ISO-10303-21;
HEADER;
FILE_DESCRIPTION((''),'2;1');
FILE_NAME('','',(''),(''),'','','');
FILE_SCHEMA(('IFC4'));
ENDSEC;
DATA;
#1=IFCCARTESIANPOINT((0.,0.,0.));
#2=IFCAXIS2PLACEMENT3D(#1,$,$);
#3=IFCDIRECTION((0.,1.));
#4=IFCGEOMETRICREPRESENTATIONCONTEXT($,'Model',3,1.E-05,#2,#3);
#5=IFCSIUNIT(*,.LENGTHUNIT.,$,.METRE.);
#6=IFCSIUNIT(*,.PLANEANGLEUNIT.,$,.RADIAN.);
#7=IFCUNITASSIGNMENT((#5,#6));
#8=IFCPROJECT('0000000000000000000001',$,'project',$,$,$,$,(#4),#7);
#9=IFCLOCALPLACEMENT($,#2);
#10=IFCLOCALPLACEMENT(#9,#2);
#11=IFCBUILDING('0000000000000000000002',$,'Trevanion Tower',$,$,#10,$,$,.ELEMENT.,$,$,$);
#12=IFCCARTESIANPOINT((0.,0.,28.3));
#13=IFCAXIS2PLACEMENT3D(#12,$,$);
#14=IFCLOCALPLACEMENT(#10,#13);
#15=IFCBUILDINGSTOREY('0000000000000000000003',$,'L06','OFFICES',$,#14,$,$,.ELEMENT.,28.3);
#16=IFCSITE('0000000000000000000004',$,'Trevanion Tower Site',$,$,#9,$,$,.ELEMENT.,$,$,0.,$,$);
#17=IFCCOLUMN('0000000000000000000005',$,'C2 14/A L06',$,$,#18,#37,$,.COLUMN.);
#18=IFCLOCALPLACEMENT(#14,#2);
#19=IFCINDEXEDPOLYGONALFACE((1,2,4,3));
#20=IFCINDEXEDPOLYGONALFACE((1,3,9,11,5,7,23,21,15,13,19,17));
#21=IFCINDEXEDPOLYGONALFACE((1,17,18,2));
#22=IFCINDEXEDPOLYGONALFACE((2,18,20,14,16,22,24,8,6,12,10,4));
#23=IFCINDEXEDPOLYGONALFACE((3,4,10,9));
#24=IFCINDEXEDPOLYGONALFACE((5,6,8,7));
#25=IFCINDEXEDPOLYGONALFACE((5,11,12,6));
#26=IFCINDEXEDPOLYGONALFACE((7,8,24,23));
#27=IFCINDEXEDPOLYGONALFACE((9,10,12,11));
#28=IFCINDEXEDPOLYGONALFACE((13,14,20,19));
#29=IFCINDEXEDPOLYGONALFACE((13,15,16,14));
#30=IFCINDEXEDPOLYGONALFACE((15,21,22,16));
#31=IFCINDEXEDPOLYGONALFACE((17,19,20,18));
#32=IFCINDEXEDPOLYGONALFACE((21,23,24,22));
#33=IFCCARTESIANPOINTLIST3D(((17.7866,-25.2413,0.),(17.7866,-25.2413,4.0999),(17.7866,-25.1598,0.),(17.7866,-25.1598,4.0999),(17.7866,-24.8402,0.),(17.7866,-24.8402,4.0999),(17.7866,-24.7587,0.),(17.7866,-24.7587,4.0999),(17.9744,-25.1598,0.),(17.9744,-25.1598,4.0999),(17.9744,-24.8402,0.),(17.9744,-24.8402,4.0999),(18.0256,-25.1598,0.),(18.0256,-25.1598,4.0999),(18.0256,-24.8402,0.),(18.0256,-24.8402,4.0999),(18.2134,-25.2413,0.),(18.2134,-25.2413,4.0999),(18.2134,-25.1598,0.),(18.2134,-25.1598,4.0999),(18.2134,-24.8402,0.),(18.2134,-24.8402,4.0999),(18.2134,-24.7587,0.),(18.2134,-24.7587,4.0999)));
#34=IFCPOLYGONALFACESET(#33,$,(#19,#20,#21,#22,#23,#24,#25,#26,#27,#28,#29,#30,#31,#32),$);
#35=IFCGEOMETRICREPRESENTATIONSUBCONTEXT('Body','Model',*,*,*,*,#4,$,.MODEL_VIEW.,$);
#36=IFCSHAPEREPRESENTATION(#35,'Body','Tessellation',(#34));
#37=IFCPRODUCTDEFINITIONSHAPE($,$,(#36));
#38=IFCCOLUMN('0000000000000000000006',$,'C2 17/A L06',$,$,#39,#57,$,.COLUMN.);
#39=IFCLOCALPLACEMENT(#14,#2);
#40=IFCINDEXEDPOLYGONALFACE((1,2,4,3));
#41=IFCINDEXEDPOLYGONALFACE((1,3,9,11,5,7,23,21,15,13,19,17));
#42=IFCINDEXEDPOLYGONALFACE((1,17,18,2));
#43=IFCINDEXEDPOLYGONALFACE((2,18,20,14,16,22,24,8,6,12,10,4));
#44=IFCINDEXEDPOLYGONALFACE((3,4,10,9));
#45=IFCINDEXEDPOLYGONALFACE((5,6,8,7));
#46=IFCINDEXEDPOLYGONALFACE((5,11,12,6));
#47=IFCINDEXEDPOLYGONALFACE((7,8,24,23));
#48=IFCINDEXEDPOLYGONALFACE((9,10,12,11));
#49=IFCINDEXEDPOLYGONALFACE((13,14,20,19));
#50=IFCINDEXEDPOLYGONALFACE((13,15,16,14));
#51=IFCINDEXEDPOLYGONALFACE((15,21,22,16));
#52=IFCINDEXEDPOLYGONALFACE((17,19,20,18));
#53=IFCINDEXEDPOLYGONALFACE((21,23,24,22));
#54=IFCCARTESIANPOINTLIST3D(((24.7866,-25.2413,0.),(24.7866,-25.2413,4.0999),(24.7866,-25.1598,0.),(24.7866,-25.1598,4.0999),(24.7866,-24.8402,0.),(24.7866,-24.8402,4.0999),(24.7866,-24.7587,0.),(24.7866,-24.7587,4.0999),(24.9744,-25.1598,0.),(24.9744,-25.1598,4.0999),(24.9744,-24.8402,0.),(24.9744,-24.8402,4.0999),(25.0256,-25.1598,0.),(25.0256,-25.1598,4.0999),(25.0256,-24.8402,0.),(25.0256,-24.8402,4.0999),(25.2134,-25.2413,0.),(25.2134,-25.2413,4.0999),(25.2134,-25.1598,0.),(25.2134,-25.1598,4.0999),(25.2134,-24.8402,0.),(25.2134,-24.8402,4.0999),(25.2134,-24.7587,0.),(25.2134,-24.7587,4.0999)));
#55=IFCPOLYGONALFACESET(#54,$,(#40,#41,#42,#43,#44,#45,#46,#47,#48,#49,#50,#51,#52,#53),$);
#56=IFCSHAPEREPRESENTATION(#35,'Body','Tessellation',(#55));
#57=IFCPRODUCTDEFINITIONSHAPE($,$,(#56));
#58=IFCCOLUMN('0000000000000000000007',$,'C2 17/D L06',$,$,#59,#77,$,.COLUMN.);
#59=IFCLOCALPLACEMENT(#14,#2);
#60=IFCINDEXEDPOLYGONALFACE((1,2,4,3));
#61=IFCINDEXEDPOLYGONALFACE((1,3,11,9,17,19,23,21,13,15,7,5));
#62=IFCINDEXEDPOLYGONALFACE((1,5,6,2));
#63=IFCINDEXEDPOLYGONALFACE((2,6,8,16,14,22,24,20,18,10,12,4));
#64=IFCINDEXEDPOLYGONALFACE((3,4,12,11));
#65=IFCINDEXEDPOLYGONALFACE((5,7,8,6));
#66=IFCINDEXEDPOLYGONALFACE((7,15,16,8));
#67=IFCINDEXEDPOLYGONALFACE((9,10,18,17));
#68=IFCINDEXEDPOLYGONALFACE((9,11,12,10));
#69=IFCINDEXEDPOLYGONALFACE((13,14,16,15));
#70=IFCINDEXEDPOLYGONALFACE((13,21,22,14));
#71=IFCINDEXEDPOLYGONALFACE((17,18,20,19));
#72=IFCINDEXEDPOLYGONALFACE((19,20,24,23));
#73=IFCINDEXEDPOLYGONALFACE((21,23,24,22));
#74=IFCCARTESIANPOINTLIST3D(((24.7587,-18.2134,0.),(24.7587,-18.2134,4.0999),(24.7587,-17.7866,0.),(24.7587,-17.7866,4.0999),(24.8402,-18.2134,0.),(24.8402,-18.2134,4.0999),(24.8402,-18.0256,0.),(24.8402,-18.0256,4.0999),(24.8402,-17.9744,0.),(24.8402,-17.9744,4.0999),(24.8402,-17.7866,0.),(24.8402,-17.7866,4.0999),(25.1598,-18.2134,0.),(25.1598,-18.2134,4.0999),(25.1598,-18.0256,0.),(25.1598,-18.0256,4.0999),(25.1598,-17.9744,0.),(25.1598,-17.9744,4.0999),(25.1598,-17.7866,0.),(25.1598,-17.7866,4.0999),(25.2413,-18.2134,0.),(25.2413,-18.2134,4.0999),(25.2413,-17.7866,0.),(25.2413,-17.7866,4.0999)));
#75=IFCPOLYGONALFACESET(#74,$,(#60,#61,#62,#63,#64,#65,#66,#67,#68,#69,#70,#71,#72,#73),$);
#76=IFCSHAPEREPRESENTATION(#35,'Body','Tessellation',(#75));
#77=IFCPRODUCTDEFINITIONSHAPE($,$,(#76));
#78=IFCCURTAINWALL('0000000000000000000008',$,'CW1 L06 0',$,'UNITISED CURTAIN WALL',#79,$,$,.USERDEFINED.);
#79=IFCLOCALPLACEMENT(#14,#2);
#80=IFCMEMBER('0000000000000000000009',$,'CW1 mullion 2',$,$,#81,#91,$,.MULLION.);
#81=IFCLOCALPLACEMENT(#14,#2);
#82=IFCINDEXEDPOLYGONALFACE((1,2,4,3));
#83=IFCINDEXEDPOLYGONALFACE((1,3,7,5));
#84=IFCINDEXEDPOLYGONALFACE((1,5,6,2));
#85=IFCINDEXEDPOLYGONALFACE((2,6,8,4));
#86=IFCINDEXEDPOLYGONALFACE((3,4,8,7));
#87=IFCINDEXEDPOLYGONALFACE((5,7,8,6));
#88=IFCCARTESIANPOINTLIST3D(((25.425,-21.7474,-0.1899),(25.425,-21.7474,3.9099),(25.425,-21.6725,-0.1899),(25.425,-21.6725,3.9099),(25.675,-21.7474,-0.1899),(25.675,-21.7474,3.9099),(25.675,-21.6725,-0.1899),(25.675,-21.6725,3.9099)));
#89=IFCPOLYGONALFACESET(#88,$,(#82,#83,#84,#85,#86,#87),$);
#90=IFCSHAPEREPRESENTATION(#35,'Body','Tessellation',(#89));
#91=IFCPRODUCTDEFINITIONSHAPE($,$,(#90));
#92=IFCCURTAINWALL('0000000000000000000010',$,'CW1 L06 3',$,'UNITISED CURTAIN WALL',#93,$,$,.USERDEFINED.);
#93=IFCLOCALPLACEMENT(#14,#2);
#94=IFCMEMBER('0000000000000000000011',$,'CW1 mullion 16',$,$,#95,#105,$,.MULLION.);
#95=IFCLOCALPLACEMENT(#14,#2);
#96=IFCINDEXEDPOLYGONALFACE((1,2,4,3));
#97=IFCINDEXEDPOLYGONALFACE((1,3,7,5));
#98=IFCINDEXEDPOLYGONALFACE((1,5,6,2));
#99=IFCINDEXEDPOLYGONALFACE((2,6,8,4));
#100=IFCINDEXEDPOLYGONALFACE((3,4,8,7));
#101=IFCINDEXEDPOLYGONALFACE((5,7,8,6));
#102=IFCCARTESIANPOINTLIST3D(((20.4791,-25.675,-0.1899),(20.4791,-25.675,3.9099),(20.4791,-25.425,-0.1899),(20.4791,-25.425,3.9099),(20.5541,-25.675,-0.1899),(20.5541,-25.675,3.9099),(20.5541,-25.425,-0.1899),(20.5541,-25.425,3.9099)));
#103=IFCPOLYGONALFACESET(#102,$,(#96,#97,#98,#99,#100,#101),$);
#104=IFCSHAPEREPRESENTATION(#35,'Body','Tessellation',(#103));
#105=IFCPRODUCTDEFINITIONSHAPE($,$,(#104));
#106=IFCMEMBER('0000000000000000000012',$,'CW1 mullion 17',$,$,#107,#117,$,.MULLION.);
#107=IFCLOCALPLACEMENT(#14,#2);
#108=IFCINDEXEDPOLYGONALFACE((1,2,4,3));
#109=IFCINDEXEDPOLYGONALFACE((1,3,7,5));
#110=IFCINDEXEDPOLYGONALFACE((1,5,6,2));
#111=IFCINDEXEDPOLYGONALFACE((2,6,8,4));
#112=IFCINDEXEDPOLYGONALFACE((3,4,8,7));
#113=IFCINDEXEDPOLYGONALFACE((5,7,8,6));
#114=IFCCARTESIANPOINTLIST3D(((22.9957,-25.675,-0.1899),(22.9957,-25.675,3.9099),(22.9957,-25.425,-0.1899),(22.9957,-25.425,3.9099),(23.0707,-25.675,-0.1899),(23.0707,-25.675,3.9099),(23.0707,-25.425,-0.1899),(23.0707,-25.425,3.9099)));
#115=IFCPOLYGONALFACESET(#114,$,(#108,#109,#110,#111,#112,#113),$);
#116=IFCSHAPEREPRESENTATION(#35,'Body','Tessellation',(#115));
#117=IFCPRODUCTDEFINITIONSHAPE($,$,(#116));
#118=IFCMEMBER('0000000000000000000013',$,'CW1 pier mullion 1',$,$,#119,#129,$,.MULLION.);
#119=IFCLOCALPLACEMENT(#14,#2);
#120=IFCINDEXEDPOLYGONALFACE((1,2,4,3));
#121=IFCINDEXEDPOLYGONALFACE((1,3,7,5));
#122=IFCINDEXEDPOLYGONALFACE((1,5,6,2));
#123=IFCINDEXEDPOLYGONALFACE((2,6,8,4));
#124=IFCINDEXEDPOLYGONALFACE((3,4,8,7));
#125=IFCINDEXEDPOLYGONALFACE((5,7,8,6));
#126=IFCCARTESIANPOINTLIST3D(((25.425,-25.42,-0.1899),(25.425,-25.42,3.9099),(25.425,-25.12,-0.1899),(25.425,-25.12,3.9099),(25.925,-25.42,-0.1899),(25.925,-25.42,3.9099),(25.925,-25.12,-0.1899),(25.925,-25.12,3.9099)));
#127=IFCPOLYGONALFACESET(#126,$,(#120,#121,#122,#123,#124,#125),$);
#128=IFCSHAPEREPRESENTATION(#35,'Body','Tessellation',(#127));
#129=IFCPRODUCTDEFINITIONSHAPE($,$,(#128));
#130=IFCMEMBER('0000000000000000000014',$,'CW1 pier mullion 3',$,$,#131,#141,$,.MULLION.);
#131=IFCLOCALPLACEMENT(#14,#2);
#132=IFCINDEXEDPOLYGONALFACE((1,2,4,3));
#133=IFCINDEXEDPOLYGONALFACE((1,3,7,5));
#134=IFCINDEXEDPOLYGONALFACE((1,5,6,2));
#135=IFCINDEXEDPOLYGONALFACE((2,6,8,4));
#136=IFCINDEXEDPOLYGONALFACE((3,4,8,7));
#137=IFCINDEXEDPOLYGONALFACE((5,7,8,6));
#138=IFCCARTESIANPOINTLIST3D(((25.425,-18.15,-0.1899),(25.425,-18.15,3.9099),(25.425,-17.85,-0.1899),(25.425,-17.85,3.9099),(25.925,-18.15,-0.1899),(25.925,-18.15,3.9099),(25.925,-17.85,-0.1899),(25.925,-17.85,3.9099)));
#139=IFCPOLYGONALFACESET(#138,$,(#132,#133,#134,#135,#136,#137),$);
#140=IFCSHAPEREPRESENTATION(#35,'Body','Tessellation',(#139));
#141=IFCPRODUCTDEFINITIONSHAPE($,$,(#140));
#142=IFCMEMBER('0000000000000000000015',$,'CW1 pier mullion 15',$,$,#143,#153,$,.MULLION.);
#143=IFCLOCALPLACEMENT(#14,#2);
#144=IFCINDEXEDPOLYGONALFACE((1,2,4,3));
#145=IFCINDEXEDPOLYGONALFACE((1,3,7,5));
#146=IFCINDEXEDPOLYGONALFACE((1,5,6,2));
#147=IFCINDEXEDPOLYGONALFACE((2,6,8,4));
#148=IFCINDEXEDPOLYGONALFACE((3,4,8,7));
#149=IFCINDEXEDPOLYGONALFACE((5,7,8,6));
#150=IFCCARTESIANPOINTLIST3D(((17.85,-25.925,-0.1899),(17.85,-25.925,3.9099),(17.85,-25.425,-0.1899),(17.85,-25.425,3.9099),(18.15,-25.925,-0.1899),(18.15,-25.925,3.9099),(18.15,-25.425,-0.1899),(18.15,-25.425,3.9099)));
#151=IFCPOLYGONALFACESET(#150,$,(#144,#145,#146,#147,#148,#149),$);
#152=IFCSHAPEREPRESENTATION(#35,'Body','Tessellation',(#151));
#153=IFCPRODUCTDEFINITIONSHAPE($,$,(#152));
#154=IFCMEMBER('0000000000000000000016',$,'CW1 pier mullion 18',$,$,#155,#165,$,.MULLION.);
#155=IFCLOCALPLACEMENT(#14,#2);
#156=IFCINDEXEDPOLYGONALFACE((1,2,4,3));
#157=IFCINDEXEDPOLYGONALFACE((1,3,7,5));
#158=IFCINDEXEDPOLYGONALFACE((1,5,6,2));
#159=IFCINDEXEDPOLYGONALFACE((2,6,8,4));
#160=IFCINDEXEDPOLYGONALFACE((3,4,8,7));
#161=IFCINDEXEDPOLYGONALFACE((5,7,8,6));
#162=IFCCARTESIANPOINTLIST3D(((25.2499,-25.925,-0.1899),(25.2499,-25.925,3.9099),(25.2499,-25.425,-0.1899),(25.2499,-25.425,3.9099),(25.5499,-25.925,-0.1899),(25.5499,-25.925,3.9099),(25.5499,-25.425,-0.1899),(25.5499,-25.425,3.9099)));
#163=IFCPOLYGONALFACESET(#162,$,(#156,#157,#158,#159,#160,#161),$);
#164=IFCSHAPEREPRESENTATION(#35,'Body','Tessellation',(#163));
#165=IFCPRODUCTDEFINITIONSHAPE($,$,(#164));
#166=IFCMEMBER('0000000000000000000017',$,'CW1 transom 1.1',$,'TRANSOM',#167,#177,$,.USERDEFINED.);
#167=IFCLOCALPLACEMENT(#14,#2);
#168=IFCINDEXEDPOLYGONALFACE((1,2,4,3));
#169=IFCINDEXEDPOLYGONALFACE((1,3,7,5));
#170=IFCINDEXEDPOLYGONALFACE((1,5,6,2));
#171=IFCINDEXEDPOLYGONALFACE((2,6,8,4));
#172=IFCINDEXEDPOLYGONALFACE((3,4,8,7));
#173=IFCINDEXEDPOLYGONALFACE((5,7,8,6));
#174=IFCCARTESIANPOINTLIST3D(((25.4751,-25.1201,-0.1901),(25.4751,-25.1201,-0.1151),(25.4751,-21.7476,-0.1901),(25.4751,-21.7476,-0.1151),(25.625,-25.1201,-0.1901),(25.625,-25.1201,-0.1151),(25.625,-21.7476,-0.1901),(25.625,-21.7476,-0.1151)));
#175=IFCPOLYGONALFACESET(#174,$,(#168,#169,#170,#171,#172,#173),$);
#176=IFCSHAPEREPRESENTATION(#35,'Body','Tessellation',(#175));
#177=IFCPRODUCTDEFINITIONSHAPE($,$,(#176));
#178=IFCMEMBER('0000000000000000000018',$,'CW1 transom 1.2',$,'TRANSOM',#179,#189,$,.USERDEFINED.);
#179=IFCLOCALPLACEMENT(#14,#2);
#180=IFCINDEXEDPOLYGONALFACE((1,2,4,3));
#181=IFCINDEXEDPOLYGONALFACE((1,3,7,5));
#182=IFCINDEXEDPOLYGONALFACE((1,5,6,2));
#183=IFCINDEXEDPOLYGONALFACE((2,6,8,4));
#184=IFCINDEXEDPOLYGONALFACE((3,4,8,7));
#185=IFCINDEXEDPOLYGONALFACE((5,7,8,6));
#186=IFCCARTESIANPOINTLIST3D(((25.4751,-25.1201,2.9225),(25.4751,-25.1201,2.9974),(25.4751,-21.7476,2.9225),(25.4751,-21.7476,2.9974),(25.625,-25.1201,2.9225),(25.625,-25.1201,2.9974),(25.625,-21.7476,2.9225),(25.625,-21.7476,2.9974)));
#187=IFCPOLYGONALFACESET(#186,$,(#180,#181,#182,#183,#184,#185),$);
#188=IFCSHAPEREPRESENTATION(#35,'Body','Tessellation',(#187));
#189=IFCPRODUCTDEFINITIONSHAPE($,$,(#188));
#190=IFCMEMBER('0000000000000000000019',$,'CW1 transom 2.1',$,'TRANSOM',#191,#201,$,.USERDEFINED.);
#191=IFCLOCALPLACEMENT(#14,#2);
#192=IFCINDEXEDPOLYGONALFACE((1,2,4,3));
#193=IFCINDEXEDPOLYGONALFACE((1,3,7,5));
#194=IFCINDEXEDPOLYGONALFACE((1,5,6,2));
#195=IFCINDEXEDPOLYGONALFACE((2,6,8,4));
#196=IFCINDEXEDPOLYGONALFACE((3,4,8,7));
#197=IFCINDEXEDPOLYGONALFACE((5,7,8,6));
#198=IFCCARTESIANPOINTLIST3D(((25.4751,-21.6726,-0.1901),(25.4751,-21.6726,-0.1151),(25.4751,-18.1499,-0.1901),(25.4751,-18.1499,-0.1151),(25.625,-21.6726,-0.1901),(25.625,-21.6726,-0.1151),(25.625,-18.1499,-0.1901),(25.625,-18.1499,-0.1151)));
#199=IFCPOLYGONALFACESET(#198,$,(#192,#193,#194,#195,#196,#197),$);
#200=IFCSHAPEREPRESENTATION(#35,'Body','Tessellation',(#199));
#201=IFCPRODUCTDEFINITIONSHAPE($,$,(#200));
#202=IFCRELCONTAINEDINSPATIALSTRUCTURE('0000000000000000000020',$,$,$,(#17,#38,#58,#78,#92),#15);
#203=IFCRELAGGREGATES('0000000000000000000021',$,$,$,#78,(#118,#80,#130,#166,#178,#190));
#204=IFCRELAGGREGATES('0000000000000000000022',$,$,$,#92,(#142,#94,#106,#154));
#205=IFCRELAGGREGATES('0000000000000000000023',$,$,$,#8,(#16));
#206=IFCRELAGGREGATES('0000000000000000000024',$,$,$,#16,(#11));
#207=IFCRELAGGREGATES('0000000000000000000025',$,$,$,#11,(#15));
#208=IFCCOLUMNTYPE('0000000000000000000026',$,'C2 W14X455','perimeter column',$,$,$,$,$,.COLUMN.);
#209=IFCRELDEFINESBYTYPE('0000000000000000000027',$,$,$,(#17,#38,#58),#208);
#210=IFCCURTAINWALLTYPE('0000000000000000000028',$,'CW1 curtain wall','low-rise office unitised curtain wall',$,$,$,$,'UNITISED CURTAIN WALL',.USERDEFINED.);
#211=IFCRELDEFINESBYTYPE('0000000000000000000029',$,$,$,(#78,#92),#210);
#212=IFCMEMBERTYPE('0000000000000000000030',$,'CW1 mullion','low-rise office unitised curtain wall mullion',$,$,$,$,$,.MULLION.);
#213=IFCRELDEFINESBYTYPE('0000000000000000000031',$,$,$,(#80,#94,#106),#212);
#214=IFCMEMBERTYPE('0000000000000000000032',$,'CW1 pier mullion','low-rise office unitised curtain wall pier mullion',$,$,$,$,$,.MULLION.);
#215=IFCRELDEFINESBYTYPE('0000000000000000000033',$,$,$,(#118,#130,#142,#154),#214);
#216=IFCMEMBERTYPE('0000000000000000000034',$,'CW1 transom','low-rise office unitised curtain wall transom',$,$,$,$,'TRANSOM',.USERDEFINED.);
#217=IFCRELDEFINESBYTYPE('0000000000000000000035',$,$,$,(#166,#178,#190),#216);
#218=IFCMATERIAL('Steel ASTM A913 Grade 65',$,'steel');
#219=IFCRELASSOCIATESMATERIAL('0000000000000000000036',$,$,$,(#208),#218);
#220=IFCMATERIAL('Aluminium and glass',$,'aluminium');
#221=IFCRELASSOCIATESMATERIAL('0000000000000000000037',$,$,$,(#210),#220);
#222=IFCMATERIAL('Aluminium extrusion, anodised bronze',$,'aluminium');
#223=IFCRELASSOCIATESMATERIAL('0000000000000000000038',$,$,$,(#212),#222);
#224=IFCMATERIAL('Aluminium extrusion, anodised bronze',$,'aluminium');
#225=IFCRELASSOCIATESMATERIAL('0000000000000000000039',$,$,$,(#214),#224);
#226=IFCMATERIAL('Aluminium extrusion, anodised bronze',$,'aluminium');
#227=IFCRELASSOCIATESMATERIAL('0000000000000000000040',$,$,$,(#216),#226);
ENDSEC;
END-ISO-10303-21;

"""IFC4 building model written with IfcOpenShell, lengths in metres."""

from ifc_helpers import new_model, si_unit, direction, frame, origin, origin_2d, place, context, subcontext, project, spatial, rectangle, i_section, extrude, material, material_profile, profile_set, type_object, element, aggregate, save


model = new_model("IFC4")

# Units and contexts
model_context = context("Model", 3, precision=1e-05, world=origin(), true_north=direction((0.0, 1.0)))
body_context = subcontext(model_context, "Body", "Model", "MODEL_VIEW")
ifc_project = project(units=[si_unit("LENGTHUNIT", "METRE"), si_unit("PLANEANGLEUNIT", "RADIAN")], contexts=[model_context])

# Site, building, storey
site_placement = place(None, origin())
site = spatial("IfcSite", under=ifc_project, at=site_placement, Name="Trevanion Tower Site", CompositionType="ELEMENT", RefElevation=0.0)
building_placement = place(site_placement, origin())
building = spatial("IfcBuilding", under=site, at=building_placement, Name="Trevanion Tower", CompositionType="ELEMENT")
storey_placement = place(building_placement, frame((0.0, 0.0, 28.3)))
storey = spatial("IfcBuildingStorey", under=building, at=storey_placement, Name="L06", Description="OFFICES", CompositionType="ELEMENT", Elevation=28.3)

# Columns
ifc_material_1 = material(Name="Steel ASTM A913 Grade 65", Category="steel")
ifc_material_profile_1 = material_profile(ifc_material_1, i_section(OverallWidth=0.4268, OverallDepth=0.4827, WebThickness=0.0513, FlangeThickness=0.0815, at=origin_2d()), Name="W14X455")
ifc_profile_set_1 = profile_set([ifc_material_profile_1], Name="Steel ASTM A913 Grade 65")
column_type = type_object("IfcColumnType", Name="C2 W14X455", Description="perimeter column", PredefinedType="COLUMN", material=ifc_profile_set_1)
for number, where, z_axis, x_axis, name in (
    (1, (18.0, -25.0, 0.0), (0.0, 0.0, 1.0), (1.0, 0.0, 0.0), "C2 14/A L06"),
    (2, (25.0, -25.0, 0.0), (0.0, 0.0, 1.0), (1.0, 0.0, 0.0), "C2 17/A L06"),
    (3, (25.0, -18.0, 0.0), (0.0, 0.0, 1.0), (0.0, 1.0, 0.0), "C2 17/D L06"),
):
    element("IfcColumn", number, at=place(storey_placement, frame(where, z_axis=z_axis, x_axis=x_axis)), inside=storey, type_object=column_type, Name=name, PredefinedType="COLUMN", context=body_context, shape_type="SweptSolid", body=[
        extrude(i_section(OverallWidth=0.4268, OverallDepth=0.4827, WebThickness=0.0513, FlangeThickness=0.0815, at=origin_2d()), origin(), (0.0, 0.0, 1.0), 4.0999),
    ])

# Curtain wall, member
ifc_material_2 = material(Name="Aluminium and glass", Category="aluminium")
curtain_wall_type = type_object("IfcCurtainWallType", Name="CW1 curtain wall", Description="low-rise office unitised curtain wall", ElementType="UNITISED CURTAIN WALL", PredefinedType="USERDEFINED", material=ifc_material_2)
curtain_wall_1_placement = place(storey_placement, origin())
curtain_wall_1 = element("IfcCurtainWall", 4, at=curtain_wall_1_placement, inside=storey, type_object=curtain_wall_type, Name="CW1 L06 0", ObjectType="UNITISED CURTAIN WALL", PredefinedType="USERDEFINED")
ifc_material_3 = material(Name="Aluminium extrusion, anodised bronze", Category="aluminium")
ifc_material_profile_2 = material_profile(ifc_material_3, rectangle(XDim=0.075, YDim=0.25, at=origin_2d()), Name="CW1 mullion")
ifc_profile_set_2 = profile_set([ifc_material_profile_2], Name="Aluminium extrusion, anodised bronze")
member_type_1 = type_object("IfcMemberType", Name="CW1 mullion", Description="low-rise office unitised curtain wall mullion", PredefinedType="MULLION", material=ifc_profile_set_2)
member_1_placement = place(storey_placement, frame((25.55, -21.71, -0.1899), z_axis=(0.0, 0.0, 1.0), x_axis=(0.0, 1.0, 0.0)))
member_1 = element("IfcMember", 5, at=member_1_placement, type_object=member_type_1, Name="CW1 mullion 2", PredefinedType="MULLION", context=body_context, shape_type="SweptSolid", body=[
    extrude(rectangle(XDim=0.075, YDim=0.25, at=origin_2d()), origin(), (0.0, 0.0, 1.0), 4.0999),
])

# Curtain wall, members
curtain_wall_2_placement = place(storey_placement, origin())
curtain_wall_2 = element("IfcCurtainWall", 6, at=curtain_wall_2_placement, inside=storey, type_object=curtain_wall_type, Name="CW1 L06 3", ObjectType="UNITISED CURTAIN WALL", PredefinedType="USERDEFINED")
member_2_placement = place(storey_placement, frame((20.5166, -25.55, -0.1899), z_axis=(0.0, 0.0, 1.0), x_axis=(1.0, 0.0, 0.0)))
member_2 = element("IfcMember", 7, at=member_2_placement, type_object=member_type_1, Name="CW1 mullion 16", PredefinedType="MULLION", context=body_context, shape_type="SweptSolid", body=[
    extrude(rectangle(XDim=0.075, YDim=0.25, at=origin_2d()), origin(), (0.0, 0.0, 1.0), 4.0999),
])
member_3_placement = place(storey_placement, frame((23.0332, -25.55, -0.1899), z_axis=(0.0, 0.0, 1.0), x_axis=(1.0, 0.0, 0.0)))
member_3 = element("IfcMember", 8, at=member_3_placement, type_object=member_type_1, Name="CW1 mullion 17", PredefinedType="MULLION", context=body_context, shape_type="SweptSolid", body=[
    extrude(rectangle(XDim=0.075, YDim=0.25, at=origin_2d()), origin(), (0.0, 0.0, 1.0), 4.0999),
])

# Members
ifc_material_4 = material(Name="Aluminium extrusion, anodised bronze", Category="aluminium")
ifc_material_profile_3 = material_profile(ifc_material_4, rectangle(XDim=0.3, YDim=0.5, at=origin_2d()), Name="CW1 pier mullion")
ifc_profile_set_3 = profile_set([ifc_material_profile_3], Name="Aluminium extrusion, anodised bronze")
member_type_2 = type_object("IfcMemberType", Name="CW1 pier mullion", Description="low-rise office unitised curtain wall pier mullion", PredefinedType="MULLION", material=ifc_profile_set_3)
member_4_placement = place(storey_placement, frame((25.675, -25.27, -0.1899), z_axis=(0.0, 0.0, 1.0), x_axis=(0.0, 1.0, 0.0)))
member_4 = element("IfcMember", 9, at=member_4_placement, type_object=member_type_2, Name="CW1 pier mullion 1", PredefinedType="MULLION", context=body_context, shape_type="SweptSolid", body=[
    extrude(rectangle(XDim=0.3, YDim=0.5, at=origin_2d()), origin(), (0.0, 0.0, 1.0), 4.0999),
])
member_5_placement = place(storey_placement, frame((25.675, -18.0, -0.1899), z_axis=(0.0, 0.0, 1.0), x_axis=(0.0, 1.0, 0.0)))
member_5 = element("IfcMember", 10, at=member_5_placement, type_object=member_type_2, Name="CW1 pier mullion 3", PredefinedType="MULLION", context=body_context, shape_type="SweptSolid", body=[
    extrude(rectangle(XDim=0.3, YDim=0.5, at=origin_2d()), origin(), (0.0, 0.0, 1.0), 4.0999),
])
member_6_placement = place(storey_placement, frame((18.0, -25.675, -0.1899), z_axis=(0.0, 0.0, 1.0), x_axis=(1.0, 0.0, 0.0)))
member_6 = element("IfcMember", 11, at=member_6_placement, type_object=member_type_2, Name="CW1 pier mullion 15", PredefinedType="MULLION", context=body_context, shape_type="SweptSolid", body=[
    extrude(rectangle(XDim=0.3, YDim=0.5, at=origin_2d()), origin(), (0.0, 0.0, 1.0), 4.0999),
])
member_7_placement = place(storey_placement, frame((25.3999, -25.675, -0.1899), z_axis=(0.0, 0.0, 1.0), x_axis=(1.0, 0.0, 0.0)))
member_7 = element("IfcMember", 12, at=member_7_placement, type_object=member_type_2, Name="CW1 pier mullion 18", PredefinedType="MULLION", context=body_context, shape_type="SweptSolid", body=[
    extrude(rectangle(XDim=0.3, YDim=0.5, at=origin_2d()), origin(), (0.0, 0.0, 1.0), 4.0999),
])
ifc_material_5 = material(Name="Aluminium extrusion, anodised bronze", Category="aluminium")
ifc_material_profile_4 = material_profile(ifc_material_5, rectangle(XDim=0.1499, YDim=0.075, at=origin_2d()), Name="CW1 transom")
ifc_profile_set_4 = profile_set([ifc_material_profile_4], Name="Aluminium extrusion, anodised bronze")
member_type_3 = type_object("IfcMemberType", Name="CW1 transom", Description="low-rise office unitised curtain wall transom", ElementType="TRANSOM", PredefinedType="USERDEFINED", material=ifc_profile_set_4)
member_8_placement = place(storey_placement, frame((25.55, -25.1201, -0.1526), z_axis=(0.0, 1.0, 0.0), x_axis=(-1.0, 0.0, 0.0)))
member_8 = element("IfcMember", 13, at=member_8_placement, type_object=member_type_3, Name="CW1 transom 1.1", ObjectType="TRANSOM", PredefinedType="USERDEFINED", context=body_context, shape_type="SweptSolid", body=[
    extrude(rectangle(XDim=0.1499, YDim=0.075, at=origin_2d()), origin(), (0.0, 0.0, 1.0), 3.3726),
])
member_9_placement = place(storey_placement, frame((25.55, -25.1201, 2.96), z_axis=(0.0, 1.0, 0.0), x_axis=(-1.0, 0.0, 0.0)))
member_9 = element("IfcMember", 14, at=member_9_placement, type_object=member_type_3, Name="CW1 transom 1.2", ObjectType="TRANSOM", PredefinedType="USERDEFINED", context=body_context, shape_type="SweptSolid", body=[
    extrude(rectangle(XDim=0.1499, YDim=0.075, at=origin_2d()), origin(), (0.0, 0.0, 1.0), 3.3726),
])
member_10_placement = place(storey_placement, frame((25.55, -21.6726, -0.1526), z_axis=(0.0, 1.0, 0.0), x_axis=(-1.0, 0.0, 0.0)))
member_10 = element("IfcMember", 15, at=member_10_placement, type_object=member_type_3, Name="CW1 transom 2.1", ObjectType="TRANSOM", PredefinedType="USERDEFINED", context=body_context, shape_type="SweptSolid", body=[
    extrude(rectangle(XDim=0.1499, YDim=0.075, at=origin_2d()), origin(), (0.0, 0.0, 1.0), 3.5227),
])

aggregate(curtain_wall_1, [member_4, member_1, member_5, member_8, member_9, member_10])
aggregate(curtain_wall_2, [member_6, member_2, member_3, member_7])

save(model, "model.ifc")
